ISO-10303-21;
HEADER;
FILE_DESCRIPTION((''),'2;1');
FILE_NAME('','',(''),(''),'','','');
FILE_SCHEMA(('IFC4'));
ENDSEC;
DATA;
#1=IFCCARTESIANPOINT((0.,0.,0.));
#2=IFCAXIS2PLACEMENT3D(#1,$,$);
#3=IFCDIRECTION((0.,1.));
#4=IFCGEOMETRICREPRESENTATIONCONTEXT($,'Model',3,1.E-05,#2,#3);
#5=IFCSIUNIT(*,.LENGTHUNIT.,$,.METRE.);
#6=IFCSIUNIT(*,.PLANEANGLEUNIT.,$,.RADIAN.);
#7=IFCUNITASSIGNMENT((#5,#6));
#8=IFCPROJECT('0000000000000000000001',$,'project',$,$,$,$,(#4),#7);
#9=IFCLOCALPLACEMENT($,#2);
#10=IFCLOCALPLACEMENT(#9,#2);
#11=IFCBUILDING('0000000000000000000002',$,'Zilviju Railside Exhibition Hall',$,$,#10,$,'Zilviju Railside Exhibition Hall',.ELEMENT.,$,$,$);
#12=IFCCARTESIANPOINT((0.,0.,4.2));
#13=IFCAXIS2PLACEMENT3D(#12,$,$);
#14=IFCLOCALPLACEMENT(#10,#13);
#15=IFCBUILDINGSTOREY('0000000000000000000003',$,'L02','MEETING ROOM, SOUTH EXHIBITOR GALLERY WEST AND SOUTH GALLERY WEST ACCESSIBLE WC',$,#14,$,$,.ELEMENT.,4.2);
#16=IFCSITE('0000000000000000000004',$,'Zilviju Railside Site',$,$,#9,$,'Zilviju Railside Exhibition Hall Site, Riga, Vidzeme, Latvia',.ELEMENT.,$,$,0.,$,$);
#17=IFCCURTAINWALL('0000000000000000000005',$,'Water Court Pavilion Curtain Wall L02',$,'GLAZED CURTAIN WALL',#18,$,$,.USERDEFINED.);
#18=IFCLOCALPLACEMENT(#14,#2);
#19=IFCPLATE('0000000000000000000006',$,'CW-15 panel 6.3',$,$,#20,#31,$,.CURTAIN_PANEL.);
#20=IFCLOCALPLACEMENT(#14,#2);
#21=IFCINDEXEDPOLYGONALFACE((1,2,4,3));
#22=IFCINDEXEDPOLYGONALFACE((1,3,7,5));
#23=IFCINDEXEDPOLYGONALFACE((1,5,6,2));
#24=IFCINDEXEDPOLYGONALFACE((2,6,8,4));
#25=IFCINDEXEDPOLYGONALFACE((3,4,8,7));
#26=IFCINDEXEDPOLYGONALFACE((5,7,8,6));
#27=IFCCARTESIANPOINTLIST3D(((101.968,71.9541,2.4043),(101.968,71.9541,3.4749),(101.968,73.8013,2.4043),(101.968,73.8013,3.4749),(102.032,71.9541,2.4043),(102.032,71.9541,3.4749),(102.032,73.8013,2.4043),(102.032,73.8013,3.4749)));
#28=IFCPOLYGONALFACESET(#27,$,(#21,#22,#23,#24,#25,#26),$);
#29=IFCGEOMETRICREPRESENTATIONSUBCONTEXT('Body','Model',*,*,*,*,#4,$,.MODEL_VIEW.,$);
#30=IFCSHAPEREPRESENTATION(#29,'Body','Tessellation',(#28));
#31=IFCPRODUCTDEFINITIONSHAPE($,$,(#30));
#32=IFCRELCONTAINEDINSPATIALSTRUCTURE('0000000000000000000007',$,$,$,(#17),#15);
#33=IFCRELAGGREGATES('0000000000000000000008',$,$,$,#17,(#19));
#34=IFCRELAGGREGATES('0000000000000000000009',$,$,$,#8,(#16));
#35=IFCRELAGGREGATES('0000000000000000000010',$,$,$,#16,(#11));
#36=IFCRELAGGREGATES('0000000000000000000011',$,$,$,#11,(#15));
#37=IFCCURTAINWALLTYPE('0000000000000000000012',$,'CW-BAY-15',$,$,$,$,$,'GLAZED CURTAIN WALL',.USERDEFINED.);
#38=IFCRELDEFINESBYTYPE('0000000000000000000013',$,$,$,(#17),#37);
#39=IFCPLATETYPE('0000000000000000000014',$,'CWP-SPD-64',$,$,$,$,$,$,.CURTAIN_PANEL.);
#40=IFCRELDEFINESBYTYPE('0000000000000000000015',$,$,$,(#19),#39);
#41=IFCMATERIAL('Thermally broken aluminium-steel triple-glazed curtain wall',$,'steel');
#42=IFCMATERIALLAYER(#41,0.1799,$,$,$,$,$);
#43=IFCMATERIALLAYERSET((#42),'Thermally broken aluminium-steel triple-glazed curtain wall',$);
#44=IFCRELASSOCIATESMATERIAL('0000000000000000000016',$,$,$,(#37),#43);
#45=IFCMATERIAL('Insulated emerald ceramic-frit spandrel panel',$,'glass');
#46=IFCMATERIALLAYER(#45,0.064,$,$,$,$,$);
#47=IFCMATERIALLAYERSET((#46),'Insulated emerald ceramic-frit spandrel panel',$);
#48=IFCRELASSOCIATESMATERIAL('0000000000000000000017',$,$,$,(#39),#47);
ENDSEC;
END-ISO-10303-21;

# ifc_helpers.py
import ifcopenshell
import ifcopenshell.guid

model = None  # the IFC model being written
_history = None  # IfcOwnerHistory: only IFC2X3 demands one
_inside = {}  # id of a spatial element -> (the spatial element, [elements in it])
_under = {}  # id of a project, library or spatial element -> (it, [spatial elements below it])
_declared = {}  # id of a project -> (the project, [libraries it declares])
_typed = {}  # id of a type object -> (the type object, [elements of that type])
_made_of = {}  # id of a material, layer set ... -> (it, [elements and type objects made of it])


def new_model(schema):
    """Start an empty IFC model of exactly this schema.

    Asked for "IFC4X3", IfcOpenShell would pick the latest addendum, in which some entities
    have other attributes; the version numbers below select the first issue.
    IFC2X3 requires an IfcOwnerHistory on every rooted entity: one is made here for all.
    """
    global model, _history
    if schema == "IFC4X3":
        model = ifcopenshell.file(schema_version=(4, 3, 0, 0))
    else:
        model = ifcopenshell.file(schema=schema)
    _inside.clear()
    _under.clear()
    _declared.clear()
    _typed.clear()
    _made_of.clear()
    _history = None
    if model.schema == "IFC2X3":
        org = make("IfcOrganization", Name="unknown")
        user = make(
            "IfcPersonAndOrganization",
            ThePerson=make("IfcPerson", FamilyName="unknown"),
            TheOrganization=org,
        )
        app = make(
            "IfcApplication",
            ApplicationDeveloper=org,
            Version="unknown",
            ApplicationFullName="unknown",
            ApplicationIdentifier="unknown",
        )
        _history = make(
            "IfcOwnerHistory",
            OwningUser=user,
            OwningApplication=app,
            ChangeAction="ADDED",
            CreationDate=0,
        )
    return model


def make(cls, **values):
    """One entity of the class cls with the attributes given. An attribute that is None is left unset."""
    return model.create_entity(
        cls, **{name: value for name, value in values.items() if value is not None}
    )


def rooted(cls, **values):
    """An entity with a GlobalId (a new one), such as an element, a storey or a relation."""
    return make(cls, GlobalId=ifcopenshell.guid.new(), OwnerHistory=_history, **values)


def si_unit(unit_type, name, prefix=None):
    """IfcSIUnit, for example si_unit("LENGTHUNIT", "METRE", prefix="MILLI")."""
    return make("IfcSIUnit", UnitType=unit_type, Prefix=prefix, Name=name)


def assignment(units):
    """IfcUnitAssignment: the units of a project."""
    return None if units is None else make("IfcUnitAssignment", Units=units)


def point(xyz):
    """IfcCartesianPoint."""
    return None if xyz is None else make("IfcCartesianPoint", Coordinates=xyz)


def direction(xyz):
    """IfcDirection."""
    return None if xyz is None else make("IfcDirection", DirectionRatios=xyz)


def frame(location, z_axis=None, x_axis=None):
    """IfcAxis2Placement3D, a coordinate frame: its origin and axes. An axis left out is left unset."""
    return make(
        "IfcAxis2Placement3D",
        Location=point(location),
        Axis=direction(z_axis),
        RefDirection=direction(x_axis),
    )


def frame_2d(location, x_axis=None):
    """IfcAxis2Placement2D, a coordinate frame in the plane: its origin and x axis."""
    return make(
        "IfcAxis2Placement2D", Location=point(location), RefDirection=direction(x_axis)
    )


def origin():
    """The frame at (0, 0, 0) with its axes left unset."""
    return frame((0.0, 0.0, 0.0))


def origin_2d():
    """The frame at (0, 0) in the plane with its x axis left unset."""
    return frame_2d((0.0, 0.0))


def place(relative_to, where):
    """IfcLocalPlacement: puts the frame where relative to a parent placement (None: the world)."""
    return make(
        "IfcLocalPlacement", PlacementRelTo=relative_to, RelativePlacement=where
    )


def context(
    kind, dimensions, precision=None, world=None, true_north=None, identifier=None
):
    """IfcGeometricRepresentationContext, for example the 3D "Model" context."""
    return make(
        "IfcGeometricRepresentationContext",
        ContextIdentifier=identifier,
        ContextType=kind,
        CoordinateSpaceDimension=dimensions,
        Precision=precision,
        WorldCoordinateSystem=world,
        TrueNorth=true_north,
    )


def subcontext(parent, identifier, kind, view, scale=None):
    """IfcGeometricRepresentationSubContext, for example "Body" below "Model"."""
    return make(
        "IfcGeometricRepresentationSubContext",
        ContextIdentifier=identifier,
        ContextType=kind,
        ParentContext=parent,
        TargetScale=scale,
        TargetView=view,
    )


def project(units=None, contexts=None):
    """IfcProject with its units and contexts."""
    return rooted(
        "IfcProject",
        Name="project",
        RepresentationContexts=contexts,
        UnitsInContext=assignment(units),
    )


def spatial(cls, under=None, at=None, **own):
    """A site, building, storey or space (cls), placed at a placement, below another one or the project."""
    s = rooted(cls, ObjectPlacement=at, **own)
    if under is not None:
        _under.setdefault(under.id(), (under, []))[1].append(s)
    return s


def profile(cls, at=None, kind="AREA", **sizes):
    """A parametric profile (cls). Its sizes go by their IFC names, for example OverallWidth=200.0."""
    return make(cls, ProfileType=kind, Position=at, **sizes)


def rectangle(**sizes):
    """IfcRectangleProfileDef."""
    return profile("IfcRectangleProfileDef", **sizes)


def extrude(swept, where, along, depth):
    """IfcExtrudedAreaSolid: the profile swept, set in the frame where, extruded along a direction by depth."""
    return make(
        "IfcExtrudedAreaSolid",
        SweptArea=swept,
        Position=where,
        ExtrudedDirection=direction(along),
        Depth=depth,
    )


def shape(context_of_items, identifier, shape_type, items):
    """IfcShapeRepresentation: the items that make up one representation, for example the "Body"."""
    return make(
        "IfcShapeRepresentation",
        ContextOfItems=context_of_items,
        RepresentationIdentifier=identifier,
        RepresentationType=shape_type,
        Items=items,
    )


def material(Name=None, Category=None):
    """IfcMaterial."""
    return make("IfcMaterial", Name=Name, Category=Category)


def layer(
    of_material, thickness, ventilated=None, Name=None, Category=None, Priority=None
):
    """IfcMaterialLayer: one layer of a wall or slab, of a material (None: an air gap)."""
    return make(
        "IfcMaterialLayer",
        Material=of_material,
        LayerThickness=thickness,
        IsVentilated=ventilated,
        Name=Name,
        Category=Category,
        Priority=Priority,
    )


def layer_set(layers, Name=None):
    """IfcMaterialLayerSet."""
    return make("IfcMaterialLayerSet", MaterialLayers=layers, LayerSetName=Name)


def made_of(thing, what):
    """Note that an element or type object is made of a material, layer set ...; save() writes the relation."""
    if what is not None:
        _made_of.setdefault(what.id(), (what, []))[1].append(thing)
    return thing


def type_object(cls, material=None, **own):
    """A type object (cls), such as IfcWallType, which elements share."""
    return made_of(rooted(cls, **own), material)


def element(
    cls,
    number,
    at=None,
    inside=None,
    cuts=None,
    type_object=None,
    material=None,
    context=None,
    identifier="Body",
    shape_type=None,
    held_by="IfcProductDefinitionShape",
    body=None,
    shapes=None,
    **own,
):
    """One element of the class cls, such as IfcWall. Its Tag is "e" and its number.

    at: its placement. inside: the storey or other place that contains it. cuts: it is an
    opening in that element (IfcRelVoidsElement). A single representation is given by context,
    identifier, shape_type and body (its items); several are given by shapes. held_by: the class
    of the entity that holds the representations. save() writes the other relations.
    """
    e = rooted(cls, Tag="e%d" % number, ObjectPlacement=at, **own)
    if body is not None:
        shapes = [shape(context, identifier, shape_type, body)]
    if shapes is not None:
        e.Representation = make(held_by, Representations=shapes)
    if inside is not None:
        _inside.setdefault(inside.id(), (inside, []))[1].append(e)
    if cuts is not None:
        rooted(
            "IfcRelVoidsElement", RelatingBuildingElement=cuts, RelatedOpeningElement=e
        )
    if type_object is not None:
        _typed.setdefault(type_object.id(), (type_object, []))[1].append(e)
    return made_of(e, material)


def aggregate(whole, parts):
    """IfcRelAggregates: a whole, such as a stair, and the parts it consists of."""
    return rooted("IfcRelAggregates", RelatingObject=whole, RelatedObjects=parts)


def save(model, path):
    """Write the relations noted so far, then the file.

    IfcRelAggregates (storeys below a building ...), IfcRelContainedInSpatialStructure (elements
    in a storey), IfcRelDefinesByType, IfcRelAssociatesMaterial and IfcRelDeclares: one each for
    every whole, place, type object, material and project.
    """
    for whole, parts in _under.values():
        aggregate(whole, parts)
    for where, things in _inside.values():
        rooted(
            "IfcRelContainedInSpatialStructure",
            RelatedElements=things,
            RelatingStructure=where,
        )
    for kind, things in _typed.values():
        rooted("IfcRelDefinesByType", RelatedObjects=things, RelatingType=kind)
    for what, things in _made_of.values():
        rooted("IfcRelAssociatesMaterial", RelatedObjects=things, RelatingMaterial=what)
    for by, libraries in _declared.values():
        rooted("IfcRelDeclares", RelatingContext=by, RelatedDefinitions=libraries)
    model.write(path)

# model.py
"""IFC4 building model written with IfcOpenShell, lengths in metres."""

from ifc_helpers import new_model, si_unit, direction, frame, origin, origin_2d, place, context, subcontext, project, spatial, rectangle, extrude, material, layer, layer_set, type_object, element, aggregate, save


model = new_model("IFC4")

# Units and contexts
model_context = context("Model", 3, precision=1e-05, world=origin(), true_north=direction((0.0, 1.0)))
body_context = subcontext(model_context, "Body", "Model", "MODEL_VIEW")
ifc_project = project(units=[si_unit("LENGTHUNIT", "METRE"), si_unit("PLANEANGLEUNIT", "RADIAN")], contexts=[model_context])

# Site, building, storey
site_placement = place(None, origin())
site = spatial("IfcSite", under=ifc_project, at=site_placement, Name="Zilviju Railside Site", LongName="Zilviju Railside Exhibition Hall Site, Riga, Vidzeme, Latvia", CompositionType="ELEMENT", RefElevation=0.0)
building_placement = place(site_placement, origin())
building = spatial("IfcBuilding", under=site, at=building_placement, Name="Zilviju Railside Exhibition Hall", LongName="Zilviju Railside Exhibition Hall", CompositionType="ELEMENT")
storey_placement = place(building_placement, frame((0.0, 0.0, 4.2)))
storey = spatial("IfcBuildingStorey", under=building, at=storey_placement, Name="L02", Description="MEETING ROOM, SOUTH EXHIBITOR GALLERY WEST AND SOUTH GALLERY WEST ACCESSIBLE WC", CompositionType="ELEMENT", Elevation=4.2)

# Curtain wall, plate
ifc_material_1 = material(Name="Thermally broken aluminium-steel triple-glazed curtain wall", Category="steel")
ifc_layer_1 = layer(ifc_material_1, 0.1799)
ifc_layer_set_1 = layer_set([ifc_layer_1], Name="Thermally broken aluminium-steel triple-glazed curtain wall")
curtain_wall_type = type_object("IfcCurtainWallType", Name="CW-BAY-15", ElementType="GLAZED CURTAIN WALL", PredefinedType="USERDEFINED", material=ifc_layer_set_1)
curtain_wall_placement = place(storey_placement, origin())
curtain_wall = element("IfcCurtainWall", 1, at=curtain_wall_placement, inside=storey, type_object=curtain_wall_type, Name="Water Court Pavilion Curtain Wall L02", ObjectType="GLAZED CURTAIN WALL", PredefinedType="USERDEFINED")
ifc_material_2 = material(Name="Insulated emerald ceramic-frit spandrel panel", Category="glass")
ifc_layer_2 = layer(ifc_material_2, 0.064)
ifc_layer_set_2 = layer_set([ifc_layer_2], Name="Insulated emerald ceramic-frit spandrel panel")
plate_type = type_object("IfcPlateType", Name="CWP-SPD-64", PredefinedType="CURTAIN_PANEL", material=ifc_layer_set_2)
plate_1_placement = place(storey_placement, frame((102.0, 72.8777, 2.4043), z_axis=(0.0, 0.0, 1.0), x_axis=(0.0, -1.0, 0.0)))
plate_1 = element("IfcPlate", 2, at=plate_1_placement, type_object=plate_type, Name="CW-15 panel 6.3", PredefinedType="CURTAIN_PANEL", context=body_context, shape_type="SweptSolid", body=[
    extrude(rectangle(XDim=1.8472, YDim=0.064, at=origin_2d()), origin(), (0.0, 0.0, 1.0), 1.0706),
])
aggregate(curtain_wall, [plate_1])

save(model, "model.ifc")
